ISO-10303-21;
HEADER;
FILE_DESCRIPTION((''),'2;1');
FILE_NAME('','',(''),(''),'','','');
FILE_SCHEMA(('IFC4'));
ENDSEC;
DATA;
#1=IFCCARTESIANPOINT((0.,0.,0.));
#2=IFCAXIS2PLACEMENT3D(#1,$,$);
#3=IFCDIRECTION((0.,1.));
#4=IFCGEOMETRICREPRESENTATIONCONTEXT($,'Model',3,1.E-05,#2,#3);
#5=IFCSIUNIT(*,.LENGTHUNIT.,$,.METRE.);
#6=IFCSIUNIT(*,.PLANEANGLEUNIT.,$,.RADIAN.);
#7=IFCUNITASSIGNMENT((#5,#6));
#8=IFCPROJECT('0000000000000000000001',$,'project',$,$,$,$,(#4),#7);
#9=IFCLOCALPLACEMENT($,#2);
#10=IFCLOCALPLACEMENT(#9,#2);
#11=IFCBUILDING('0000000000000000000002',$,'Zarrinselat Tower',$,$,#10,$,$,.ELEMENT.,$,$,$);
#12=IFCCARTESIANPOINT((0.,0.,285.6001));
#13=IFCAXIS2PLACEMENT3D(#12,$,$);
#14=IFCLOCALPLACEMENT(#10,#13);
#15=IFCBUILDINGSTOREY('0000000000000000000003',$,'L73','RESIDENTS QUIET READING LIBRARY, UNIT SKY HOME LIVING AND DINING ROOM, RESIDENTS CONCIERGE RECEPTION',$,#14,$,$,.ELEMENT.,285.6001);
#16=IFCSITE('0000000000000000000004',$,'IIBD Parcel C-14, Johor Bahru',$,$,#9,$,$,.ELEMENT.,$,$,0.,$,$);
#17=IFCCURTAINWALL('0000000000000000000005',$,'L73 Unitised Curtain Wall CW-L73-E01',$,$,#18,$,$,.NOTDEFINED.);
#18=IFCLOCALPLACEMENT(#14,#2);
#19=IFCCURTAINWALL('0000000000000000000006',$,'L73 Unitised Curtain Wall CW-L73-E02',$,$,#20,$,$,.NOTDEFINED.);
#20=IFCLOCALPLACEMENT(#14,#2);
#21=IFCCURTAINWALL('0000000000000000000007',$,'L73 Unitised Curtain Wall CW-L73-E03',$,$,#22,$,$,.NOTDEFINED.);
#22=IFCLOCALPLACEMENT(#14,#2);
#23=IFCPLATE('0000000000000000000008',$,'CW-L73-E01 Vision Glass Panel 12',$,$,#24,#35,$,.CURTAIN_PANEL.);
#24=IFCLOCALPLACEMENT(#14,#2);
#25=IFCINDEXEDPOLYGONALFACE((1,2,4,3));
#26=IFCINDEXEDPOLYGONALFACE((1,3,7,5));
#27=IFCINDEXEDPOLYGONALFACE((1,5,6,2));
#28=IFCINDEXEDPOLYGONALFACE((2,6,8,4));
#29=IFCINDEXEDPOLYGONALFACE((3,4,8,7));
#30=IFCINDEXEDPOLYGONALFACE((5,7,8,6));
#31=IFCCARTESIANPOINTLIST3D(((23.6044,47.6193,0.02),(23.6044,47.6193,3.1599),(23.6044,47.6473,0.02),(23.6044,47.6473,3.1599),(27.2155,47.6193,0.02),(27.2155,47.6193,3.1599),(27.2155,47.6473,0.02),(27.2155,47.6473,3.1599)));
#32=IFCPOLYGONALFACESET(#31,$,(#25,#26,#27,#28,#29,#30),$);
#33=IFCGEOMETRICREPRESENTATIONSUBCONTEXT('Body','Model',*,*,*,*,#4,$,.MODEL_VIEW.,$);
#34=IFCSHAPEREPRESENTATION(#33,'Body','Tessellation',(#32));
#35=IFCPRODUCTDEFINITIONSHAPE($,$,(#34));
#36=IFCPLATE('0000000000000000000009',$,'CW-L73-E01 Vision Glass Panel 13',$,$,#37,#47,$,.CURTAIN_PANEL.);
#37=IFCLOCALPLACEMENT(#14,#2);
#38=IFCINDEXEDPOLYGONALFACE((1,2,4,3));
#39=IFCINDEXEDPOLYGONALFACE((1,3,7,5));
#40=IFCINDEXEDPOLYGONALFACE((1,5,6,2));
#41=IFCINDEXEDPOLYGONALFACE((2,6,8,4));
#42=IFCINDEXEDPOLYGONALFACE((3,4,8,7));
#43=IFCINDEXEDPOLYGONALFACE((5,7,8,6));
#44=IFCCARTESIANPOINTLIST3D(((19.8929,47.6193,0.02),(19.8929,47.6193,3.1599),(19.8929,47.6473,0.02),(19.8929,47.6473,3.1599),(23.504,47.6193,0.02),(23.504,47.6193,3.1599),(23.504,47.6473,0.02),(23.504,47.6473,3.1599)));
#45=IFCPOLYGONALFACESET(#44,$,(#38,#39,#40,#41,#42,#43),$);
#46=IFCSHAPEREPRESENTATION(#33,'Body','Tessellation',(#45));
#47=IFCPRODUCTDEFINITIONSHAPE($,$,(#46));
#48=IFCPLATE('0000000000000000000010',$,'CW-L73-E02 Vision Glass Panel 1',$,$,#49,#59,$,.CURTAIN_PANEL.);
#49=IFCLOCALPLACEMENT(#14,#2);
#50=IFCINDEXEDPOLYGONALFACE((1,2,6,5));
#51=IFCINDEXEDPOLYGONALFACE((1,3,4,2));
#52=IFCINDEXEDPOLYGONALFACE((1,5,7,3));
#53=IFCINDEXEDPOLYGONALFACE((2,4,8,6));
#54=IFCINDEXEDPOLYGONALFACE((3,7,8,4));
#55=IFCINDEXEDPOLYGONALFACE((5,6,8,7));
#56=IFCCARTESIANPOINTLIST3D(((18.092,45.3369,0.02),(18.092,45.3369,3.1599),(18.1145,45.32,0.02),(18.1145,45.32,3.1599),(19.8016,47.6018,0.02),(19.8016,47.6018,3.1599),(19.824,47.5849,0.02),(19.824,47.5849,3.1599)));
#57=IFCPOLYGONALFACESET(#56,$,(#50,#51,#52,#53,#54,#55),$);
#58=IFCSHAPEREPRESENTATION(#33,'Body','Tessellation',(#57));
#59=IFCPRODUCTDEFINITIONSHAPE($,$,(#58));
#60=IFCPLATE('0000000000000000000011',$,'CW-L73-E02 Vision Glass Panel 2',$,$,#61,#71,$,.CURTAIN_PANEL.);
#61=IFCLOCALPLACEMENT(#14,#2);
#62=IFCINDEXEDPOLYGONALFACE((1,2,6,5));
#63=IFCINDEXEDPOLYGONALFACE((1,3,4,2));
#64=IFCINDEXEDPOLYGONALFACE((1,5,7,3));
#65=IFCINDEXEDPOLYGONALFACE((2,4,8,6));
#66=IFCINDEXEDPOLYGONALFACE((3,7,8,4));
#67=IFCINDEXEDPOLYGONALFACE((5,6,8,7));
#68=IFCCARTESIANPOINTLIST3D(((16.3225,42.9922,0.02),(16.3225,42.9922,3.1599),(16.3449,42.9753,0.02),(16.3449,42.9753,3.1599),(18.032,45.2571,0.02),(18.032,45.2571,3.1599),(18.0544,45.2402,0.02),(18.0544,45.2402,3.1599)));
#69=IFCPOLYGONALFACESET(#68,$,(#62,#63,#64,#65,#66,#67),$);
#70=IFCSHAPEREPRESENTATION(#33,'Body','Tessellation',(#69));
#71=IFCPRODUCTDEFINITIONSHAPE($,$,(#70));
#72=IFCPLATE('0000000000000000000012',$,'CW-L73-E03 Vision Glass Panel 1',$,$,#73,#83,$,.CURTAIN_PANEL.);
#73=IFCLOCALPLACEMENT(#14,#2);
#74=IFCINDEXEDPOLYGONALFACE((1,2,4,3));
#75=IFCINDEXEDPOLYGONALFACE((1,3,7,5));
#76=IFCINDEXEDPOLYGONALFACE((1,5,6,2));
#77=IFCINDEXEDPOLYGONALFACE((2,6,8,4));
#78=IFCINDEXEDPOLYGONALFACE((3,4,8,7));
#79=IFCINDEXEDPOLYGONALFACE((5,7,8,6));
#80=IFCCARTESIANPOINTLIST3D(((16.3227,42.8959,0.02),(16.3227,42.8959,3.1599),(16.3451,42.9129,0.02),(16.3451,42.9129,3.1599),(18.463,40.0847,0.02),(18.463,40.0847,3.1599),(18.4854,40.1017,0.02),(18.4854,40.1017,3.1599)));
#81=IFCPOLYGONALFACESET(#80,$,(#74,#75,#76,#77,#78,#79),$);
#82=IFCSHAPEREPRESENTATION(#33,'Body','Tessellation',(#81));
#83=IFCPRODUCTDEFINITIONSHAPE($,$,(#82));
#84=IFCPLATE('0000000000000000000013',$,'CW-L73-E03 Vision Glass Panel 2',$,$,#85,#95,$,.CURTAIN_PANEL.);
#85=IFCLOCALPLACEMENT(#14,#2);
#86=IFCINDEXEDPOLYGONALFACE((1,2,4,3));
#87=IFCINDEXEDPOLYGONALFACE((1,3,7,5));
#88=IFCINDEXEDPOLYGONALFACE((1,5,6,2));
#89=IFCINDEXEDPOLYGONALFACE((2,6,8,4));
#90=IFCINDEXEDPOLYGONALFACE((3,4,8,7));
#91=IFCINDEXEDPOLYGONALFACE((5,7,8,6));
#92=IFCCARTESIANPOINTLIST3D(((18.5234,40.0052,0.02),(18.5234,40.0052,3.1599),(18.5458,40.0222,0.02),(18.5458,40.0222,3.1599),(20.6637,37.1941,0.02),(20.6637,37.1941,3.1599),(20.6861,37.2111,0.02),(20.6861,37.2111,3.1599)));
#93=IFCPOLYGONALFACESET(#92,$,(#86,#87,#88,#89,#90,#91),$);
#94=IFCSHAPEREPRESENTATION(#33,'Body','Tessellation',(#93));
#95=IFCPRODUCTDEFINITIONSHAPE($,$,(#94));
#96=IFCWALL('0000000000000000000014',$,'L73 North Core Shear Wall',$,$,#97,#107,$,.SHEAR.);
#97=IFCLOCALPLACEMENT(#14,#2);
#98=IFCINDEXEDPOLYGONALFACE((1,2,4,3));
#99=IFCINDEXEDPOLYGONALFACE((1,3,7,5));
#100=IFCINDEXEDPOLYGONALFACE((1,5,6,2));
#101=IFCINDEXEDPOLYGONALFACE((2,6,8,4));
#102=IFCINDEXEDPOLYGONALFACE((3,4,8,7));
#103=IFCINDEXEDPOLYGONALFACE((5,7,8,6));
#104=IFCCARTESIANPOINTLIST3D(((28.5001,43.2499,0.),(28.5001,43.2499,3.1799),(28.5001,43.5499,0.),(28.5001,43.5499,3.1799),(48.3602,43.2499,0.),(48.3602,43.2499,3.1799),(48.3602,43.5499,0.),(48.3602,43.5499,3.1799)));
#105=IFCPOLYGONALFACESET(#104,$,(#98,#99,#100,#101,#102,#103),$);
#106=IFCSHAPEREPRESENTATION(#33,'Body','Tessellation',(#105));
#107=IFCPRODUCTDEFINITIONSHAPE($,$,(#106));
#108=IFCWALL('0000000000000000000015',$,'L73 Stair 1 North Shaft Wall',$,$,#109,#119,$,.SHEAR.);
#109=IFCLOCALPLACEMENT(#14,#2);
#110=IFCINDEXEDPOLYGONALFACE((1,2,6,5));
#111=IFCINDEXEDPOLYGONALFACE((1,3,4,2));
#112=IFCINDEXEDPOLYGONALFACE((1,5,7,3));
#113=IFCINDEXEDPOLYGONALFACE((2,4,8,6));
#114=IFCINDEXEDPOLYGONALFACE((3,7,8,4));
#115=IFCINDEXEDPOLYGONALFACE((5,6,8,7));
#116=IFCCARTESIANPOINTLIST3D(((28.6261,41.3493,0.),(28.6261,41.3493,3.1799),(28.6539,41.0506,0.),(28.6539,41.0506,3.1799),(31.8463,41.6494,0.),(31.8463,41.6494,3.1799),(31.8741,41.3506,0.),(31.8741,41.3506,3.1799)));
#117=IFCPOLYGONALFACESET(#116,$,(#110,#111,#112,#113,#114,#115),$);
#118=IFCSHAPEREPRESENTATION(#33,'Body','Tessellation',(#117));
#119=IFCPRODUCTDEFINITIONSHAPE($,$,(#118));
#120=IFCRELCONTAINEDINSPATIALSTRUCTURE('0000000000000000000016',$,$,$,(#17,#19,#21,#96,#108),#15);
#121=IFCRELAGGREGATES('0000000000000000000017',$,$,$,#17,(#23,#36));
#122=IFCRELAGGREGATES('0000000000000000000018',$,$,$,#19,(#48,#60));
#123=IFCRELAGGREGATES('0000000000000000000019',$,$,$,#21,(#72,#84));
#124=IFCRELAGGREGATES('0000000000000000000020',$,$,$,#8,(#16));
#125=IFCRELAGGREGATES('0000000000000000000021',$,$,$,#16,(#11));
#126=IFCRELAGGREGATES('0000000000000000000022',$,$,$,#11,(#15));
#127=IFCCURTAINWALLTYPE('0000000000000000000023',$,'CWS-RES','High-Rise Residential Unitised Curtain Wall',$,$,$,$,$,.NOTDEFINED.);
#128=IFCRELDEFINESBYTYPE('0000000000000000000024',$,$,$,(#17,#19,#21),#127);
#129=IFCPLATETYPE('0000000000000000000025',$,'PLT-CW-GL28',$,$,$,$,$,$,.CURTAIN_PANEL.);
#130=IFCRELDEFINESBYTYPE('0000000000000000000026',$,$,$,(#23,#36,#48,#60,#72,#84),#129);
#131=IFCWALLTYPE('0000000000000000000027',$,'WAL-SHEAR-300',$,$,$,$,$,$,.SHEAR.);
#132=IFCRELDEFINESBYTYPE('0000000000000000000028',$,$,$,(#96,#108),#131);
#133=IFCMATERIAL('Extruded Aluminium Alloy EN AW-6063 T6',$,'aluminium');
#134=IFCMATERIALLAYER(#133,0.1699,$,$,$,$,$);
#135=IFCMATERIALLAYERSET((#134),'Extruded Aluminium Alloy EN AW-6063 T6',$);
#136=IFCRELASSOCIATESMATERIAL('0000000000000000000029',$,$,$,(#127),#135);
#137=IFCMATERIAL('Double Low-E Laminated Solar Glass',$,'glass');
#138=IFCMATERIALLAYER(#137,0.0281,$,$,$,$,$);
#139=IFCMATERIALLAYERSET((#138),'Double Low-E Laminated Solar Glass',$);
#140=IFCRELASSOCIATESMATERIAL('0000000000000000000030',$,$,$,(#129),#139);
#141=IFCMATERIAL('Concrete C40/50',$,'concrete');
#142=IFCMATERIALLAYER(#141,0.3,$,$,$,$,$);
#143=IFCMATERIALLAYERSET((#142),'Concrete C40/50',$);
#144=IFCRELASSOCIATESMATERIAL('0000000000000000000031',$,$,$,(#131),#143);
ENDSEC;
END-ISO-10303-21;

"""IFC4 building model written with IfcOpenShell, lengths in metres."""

from ifc_helpers import new_model, si_unit, direction, frame, frame_2d, origin, origin_2d, place, context, subcontext, project, spatial, rectangle, extrude, material, layer, layer_set, type_object, element, aggregate, save


model = new_model("IFC4")

# Units and contexts
model_context = context("Model", 3, precision=1e-05, world=origin(), true_north=direction((0.0, 1.0)))
body_context = subcontext(model_context, "Body", "Model", "MODEL_VIEW")
ifc_project = project(units=[si_unit("LENGTHUNIT", "METRE"), si_unit("PLANEANGLEUNIT", "RADIAN")], contexts=[model_context])

# Site, building, storey
site_placement = place(None, origin())
site = spatial("IfcSite", under=ifc_project, at=site_placement, Name="IIBD Parcel C-14, Johor Bahru", CompositionType="ELEMENT", RefElevation=0.0)
building_placement = place(site_placement, origin())
building = spatial("IfcBuilding", under=site, at=building_placement, Name="Zarrinselat Tower", CompositionType="ELEMENT")
storey_placement = place(building_placement, frame((0.0, 0.0, 285.6001)))
storey = spatial("IfcBuildingStorey", under=building, at=storey_placement, Name="L73", Description="RESIDENTS QUIET READING LIBRARY, UNIT SKY HOME LIVING AND DINING ROOM, RESIDENTS CONCIERGE RECEPTION", CompositionType="ELEMENT", Elevation=285.6001)

# Curtain walls
ifc_material_1 = material(Name="Extruded Aluminium Alloy EN AW-6063 T6", Category="aluminium")
ifc_layer_1 = layer(ifc_material_1, 0.1699)
ifc_layer_set_1 = layer_set([ifc_layer_1], Name="Extruded Aluminium Alloy EN AW-6063 T6")
curtain_wall_type = type_object("IfcCurtainWallType", Name="CWS-RES", Description="High-Rise Residential Unitised Curtain Wall", PredefinedType="NOTDEFINED", material=ifc_layer_set_1)
curtain_wall_1_placement = place(storey_placement, origin())
curtain_wall_1 = element("IfcCurtainWall", 1, at=curtain_wall_1_placement, inside=storey, type_object=curtain_wall_type, Name="L73 Unitised Curtain Wall CW-L73-E01", PredefinedType="NOTDEFINED")
curtain_wall_2_placement = place(storey_placement, origin())
curtain_wall_2 = element("IfcCurtainWall", 2, at=curtain_wall_2_placement, inside=storey, type_object=curtain_wall_type, Name="L73 Unitised Curtain Wall CW-L73-E02", PredefinedType="NOTDEFINED")
curtain_wall_3_placement = place(storey_placement, origin())
curtain_wall_3 = element("IfcCurtainWall", 3, at=curtain_wall_3_placement, inside=storey, type_object=curtain_wall_type, Name="L73 Unitised Curtain Wall CW-L73-E03", PredefinedType="NOTDEFINED")

# Plates
ifc_material_2 = material(Name="Double Low-E Laminated Solar Glass", Category="glass")
ifc_layer_2 = layer(ifc_material_2, 0.0281)
ifc_layer_set_2 = layer_set([ifc_layer_2], Name="Double Low-E Laminated Solar Glass")
plate_type = type_object("IfcPlateType", Name="PLT-CW-GL28", PredefinedType="CURTAIN_PANEL", material=ifc_layer_set_2)
plate_1_placement = place(storey_placement, frame((25.4099, 47.6333, 0.02), z_axis=(0.0, 0.0, 1.0), x_axis=(-1.0, 0.0, 0.0)))
plate_1 = element("IfcPlate", 4, at=plate_1_placement, type_object=plate_type, Name="CW-L73-E01 Vision Glass Panel 12", PredefinedType="CURTAIN_PANEL", context=body_context, shape_type="SweptSolid", body=[
    extrude(rectangle(XDim=3.6111, YDim=0.0281, at=origin_2d()), origin(), (0.0, 0.0, 1.0), 3.1399),
])
plate_2_placement = place(storey_placement, frame((21.6985, 47.6333, 0.02), z_axis=(0.0, 0.0, 1.0), x_axis=(-1.0, 0.0, 0.0)))
plate_2 = element("IfcPlate", 5, at=plate_2_placement, type_object=plate_type, Name="CW-L73-E01 Vision Glass Panel 13", PredefinedType="CURTAIN_PANEL", context=body_context, shape_type="SweptSolid", body=[
    extrude(rectangle(XDim=3.6111, YDim=0.0281, at=origin_2d()), origin(), (0.0, 0.0, 1.0), 3.1399),
])
aggregate(curtain_wall_1, [plate_1, plate_2])
plate_3_placement = place(storey_placement, frame((18.958, 46.4609, 0.02), z_axis=(0.0, 0.0, 1.0), x_axis=(-0.60244, -0.798164, 0.0)))
plate_3 = element("IfcPlate", 6, at=plate_3_placement, type_object=plate_type, Name="CW-L73-E02 Vision Glass Panel 1", PredefinedType="CURTAIN_PANEL", context=body_context, shape_type="SweptSolid", body=[
    extrude(rectangle(XDim=2.8376, YDim=0.0281, at=origin_2d()), origin(), (0.0, 0.0, 1.0), 3.1399),
])
plate_4_placement = place(storey_placement, frame((17.1885, 44.1162, 0.02), z_axis=(0.0, 0.0, 1.0), x_axis=(-0.60244, -0.798164, 0.0)))
plate_4 = element("IfcPlate", 7, at=plate_4_placement, type_object=plate_type, Name="CW-L73-E02 Vision Glass Panel 2", PredefinedType="CURTAIN_PANEL", context=body_context, shape_type="SweptSolid", body=[
    extrude(rectangle(XDim=2.8376, YDim=0.0281, at=origin_2d()), origin(), (0.0, 0.0, 1.0), 3.1399),
])
aggregate(curtain_wall_2, [plate_3, plate_4])
plate_5_placement = place(storey_placement, frame((17.4041, 41.4988, 0.02), z_axis=(0.0, 0.0, 1.0), x_axis=(0.605767, -0.795642, 0.0)))
plate_5 = element("IfcPlate", 8, at=plate_5_placement, type_object=plate_type, Name="CW-L73-E03 Vision Glass Panel 1", PredefinedType="CURTAIN_PANEL", context=body_context, shape_type="SweptSolid", body=[
    extrude(rectangle(XDim=3.5332, YDim=0.0281, at=origin_2d()), origin(), (0.0, 0.0, 1.0), 3.1399),
])
plate_6_placement = place(storey_placement, frame((19.6047, 38.6082, 0.02), z_axis=(0.0, 0.0, 1.0), x_axis=(0.605767, -0.795642, 0.0)))
plate_6 = element("IfcPlate", 9, at=plate_6_placement, type_object=plate_type, Name="CW-L73-E03 Vision Glass Panel 2", PredefinedType="CURTAIN_PANEL", context=body_context, shape_type="SweptSolid", body=[
    extrude(rectangle(XDim=3.5332, YDim=0.0281, at=origin_2d()), origin(), (0.0, 0.0, 1.0), 3.1399),
])
aggregate(curtain_wall_3, [plate_5, plate_6])

# Walls
ifc_material_3 = material(Name="Concrete C40/50", Category="concrete")
ifc_layer_3 = layer(ifc_material_3, 0.3)
ifc_layer_set_3 = layer_set([ifc_layer_3], Name="Concrete C40/50")
wall_type = type_object("IfcWallType", Name="WAL-SHEAR-300", PredefinedType="SHEAR", material=ifc_layer_set_3)
wall_1_placement = place(storey_placement, frame((28.5, 43.3999, 0.0), z_axis=(0.0, 0.0, 1.0), x_axis=(1.0, 0.0, 0.0)))
element("IfcWall", 10, at=wall_1_placement, inside=storey, type_object=wall_type, Name="L73 North Core Shear Wall", PredefinedType="SHEAR", context=body_context, shape_type="SweptSolid", body=[
    extrude(rectangle(XDim=19.8601, YDim=0.3, at=frame_2d((9.9302, 0.0))), origin(), (0.0, 0.0, 1.0), 3.1799),
])
wall_2_placement = place(storey_placement, frame((28.6399, 41.2, 0.0), z_axis=(0.0, 0.0, 1.0), x_axis=(0.995687, 0.092775, 0.0)))
element("IfcWall", 11, at=wall_2_placement, inside=storey, type_object=wall_type, Name="L73 Stair 1 North Shaft Wall", PredefinedType="SHEAR", context=body_context, shape_type="SweptSolid", body=[
    extrude(rectangle(XDim=3.2341, YDim=0.3, at=frame_2d((1.6172, 0.0))), origin(), (0.0, 0.0, 1.0), 3.1799),
])

save(model, "model.ifc")
